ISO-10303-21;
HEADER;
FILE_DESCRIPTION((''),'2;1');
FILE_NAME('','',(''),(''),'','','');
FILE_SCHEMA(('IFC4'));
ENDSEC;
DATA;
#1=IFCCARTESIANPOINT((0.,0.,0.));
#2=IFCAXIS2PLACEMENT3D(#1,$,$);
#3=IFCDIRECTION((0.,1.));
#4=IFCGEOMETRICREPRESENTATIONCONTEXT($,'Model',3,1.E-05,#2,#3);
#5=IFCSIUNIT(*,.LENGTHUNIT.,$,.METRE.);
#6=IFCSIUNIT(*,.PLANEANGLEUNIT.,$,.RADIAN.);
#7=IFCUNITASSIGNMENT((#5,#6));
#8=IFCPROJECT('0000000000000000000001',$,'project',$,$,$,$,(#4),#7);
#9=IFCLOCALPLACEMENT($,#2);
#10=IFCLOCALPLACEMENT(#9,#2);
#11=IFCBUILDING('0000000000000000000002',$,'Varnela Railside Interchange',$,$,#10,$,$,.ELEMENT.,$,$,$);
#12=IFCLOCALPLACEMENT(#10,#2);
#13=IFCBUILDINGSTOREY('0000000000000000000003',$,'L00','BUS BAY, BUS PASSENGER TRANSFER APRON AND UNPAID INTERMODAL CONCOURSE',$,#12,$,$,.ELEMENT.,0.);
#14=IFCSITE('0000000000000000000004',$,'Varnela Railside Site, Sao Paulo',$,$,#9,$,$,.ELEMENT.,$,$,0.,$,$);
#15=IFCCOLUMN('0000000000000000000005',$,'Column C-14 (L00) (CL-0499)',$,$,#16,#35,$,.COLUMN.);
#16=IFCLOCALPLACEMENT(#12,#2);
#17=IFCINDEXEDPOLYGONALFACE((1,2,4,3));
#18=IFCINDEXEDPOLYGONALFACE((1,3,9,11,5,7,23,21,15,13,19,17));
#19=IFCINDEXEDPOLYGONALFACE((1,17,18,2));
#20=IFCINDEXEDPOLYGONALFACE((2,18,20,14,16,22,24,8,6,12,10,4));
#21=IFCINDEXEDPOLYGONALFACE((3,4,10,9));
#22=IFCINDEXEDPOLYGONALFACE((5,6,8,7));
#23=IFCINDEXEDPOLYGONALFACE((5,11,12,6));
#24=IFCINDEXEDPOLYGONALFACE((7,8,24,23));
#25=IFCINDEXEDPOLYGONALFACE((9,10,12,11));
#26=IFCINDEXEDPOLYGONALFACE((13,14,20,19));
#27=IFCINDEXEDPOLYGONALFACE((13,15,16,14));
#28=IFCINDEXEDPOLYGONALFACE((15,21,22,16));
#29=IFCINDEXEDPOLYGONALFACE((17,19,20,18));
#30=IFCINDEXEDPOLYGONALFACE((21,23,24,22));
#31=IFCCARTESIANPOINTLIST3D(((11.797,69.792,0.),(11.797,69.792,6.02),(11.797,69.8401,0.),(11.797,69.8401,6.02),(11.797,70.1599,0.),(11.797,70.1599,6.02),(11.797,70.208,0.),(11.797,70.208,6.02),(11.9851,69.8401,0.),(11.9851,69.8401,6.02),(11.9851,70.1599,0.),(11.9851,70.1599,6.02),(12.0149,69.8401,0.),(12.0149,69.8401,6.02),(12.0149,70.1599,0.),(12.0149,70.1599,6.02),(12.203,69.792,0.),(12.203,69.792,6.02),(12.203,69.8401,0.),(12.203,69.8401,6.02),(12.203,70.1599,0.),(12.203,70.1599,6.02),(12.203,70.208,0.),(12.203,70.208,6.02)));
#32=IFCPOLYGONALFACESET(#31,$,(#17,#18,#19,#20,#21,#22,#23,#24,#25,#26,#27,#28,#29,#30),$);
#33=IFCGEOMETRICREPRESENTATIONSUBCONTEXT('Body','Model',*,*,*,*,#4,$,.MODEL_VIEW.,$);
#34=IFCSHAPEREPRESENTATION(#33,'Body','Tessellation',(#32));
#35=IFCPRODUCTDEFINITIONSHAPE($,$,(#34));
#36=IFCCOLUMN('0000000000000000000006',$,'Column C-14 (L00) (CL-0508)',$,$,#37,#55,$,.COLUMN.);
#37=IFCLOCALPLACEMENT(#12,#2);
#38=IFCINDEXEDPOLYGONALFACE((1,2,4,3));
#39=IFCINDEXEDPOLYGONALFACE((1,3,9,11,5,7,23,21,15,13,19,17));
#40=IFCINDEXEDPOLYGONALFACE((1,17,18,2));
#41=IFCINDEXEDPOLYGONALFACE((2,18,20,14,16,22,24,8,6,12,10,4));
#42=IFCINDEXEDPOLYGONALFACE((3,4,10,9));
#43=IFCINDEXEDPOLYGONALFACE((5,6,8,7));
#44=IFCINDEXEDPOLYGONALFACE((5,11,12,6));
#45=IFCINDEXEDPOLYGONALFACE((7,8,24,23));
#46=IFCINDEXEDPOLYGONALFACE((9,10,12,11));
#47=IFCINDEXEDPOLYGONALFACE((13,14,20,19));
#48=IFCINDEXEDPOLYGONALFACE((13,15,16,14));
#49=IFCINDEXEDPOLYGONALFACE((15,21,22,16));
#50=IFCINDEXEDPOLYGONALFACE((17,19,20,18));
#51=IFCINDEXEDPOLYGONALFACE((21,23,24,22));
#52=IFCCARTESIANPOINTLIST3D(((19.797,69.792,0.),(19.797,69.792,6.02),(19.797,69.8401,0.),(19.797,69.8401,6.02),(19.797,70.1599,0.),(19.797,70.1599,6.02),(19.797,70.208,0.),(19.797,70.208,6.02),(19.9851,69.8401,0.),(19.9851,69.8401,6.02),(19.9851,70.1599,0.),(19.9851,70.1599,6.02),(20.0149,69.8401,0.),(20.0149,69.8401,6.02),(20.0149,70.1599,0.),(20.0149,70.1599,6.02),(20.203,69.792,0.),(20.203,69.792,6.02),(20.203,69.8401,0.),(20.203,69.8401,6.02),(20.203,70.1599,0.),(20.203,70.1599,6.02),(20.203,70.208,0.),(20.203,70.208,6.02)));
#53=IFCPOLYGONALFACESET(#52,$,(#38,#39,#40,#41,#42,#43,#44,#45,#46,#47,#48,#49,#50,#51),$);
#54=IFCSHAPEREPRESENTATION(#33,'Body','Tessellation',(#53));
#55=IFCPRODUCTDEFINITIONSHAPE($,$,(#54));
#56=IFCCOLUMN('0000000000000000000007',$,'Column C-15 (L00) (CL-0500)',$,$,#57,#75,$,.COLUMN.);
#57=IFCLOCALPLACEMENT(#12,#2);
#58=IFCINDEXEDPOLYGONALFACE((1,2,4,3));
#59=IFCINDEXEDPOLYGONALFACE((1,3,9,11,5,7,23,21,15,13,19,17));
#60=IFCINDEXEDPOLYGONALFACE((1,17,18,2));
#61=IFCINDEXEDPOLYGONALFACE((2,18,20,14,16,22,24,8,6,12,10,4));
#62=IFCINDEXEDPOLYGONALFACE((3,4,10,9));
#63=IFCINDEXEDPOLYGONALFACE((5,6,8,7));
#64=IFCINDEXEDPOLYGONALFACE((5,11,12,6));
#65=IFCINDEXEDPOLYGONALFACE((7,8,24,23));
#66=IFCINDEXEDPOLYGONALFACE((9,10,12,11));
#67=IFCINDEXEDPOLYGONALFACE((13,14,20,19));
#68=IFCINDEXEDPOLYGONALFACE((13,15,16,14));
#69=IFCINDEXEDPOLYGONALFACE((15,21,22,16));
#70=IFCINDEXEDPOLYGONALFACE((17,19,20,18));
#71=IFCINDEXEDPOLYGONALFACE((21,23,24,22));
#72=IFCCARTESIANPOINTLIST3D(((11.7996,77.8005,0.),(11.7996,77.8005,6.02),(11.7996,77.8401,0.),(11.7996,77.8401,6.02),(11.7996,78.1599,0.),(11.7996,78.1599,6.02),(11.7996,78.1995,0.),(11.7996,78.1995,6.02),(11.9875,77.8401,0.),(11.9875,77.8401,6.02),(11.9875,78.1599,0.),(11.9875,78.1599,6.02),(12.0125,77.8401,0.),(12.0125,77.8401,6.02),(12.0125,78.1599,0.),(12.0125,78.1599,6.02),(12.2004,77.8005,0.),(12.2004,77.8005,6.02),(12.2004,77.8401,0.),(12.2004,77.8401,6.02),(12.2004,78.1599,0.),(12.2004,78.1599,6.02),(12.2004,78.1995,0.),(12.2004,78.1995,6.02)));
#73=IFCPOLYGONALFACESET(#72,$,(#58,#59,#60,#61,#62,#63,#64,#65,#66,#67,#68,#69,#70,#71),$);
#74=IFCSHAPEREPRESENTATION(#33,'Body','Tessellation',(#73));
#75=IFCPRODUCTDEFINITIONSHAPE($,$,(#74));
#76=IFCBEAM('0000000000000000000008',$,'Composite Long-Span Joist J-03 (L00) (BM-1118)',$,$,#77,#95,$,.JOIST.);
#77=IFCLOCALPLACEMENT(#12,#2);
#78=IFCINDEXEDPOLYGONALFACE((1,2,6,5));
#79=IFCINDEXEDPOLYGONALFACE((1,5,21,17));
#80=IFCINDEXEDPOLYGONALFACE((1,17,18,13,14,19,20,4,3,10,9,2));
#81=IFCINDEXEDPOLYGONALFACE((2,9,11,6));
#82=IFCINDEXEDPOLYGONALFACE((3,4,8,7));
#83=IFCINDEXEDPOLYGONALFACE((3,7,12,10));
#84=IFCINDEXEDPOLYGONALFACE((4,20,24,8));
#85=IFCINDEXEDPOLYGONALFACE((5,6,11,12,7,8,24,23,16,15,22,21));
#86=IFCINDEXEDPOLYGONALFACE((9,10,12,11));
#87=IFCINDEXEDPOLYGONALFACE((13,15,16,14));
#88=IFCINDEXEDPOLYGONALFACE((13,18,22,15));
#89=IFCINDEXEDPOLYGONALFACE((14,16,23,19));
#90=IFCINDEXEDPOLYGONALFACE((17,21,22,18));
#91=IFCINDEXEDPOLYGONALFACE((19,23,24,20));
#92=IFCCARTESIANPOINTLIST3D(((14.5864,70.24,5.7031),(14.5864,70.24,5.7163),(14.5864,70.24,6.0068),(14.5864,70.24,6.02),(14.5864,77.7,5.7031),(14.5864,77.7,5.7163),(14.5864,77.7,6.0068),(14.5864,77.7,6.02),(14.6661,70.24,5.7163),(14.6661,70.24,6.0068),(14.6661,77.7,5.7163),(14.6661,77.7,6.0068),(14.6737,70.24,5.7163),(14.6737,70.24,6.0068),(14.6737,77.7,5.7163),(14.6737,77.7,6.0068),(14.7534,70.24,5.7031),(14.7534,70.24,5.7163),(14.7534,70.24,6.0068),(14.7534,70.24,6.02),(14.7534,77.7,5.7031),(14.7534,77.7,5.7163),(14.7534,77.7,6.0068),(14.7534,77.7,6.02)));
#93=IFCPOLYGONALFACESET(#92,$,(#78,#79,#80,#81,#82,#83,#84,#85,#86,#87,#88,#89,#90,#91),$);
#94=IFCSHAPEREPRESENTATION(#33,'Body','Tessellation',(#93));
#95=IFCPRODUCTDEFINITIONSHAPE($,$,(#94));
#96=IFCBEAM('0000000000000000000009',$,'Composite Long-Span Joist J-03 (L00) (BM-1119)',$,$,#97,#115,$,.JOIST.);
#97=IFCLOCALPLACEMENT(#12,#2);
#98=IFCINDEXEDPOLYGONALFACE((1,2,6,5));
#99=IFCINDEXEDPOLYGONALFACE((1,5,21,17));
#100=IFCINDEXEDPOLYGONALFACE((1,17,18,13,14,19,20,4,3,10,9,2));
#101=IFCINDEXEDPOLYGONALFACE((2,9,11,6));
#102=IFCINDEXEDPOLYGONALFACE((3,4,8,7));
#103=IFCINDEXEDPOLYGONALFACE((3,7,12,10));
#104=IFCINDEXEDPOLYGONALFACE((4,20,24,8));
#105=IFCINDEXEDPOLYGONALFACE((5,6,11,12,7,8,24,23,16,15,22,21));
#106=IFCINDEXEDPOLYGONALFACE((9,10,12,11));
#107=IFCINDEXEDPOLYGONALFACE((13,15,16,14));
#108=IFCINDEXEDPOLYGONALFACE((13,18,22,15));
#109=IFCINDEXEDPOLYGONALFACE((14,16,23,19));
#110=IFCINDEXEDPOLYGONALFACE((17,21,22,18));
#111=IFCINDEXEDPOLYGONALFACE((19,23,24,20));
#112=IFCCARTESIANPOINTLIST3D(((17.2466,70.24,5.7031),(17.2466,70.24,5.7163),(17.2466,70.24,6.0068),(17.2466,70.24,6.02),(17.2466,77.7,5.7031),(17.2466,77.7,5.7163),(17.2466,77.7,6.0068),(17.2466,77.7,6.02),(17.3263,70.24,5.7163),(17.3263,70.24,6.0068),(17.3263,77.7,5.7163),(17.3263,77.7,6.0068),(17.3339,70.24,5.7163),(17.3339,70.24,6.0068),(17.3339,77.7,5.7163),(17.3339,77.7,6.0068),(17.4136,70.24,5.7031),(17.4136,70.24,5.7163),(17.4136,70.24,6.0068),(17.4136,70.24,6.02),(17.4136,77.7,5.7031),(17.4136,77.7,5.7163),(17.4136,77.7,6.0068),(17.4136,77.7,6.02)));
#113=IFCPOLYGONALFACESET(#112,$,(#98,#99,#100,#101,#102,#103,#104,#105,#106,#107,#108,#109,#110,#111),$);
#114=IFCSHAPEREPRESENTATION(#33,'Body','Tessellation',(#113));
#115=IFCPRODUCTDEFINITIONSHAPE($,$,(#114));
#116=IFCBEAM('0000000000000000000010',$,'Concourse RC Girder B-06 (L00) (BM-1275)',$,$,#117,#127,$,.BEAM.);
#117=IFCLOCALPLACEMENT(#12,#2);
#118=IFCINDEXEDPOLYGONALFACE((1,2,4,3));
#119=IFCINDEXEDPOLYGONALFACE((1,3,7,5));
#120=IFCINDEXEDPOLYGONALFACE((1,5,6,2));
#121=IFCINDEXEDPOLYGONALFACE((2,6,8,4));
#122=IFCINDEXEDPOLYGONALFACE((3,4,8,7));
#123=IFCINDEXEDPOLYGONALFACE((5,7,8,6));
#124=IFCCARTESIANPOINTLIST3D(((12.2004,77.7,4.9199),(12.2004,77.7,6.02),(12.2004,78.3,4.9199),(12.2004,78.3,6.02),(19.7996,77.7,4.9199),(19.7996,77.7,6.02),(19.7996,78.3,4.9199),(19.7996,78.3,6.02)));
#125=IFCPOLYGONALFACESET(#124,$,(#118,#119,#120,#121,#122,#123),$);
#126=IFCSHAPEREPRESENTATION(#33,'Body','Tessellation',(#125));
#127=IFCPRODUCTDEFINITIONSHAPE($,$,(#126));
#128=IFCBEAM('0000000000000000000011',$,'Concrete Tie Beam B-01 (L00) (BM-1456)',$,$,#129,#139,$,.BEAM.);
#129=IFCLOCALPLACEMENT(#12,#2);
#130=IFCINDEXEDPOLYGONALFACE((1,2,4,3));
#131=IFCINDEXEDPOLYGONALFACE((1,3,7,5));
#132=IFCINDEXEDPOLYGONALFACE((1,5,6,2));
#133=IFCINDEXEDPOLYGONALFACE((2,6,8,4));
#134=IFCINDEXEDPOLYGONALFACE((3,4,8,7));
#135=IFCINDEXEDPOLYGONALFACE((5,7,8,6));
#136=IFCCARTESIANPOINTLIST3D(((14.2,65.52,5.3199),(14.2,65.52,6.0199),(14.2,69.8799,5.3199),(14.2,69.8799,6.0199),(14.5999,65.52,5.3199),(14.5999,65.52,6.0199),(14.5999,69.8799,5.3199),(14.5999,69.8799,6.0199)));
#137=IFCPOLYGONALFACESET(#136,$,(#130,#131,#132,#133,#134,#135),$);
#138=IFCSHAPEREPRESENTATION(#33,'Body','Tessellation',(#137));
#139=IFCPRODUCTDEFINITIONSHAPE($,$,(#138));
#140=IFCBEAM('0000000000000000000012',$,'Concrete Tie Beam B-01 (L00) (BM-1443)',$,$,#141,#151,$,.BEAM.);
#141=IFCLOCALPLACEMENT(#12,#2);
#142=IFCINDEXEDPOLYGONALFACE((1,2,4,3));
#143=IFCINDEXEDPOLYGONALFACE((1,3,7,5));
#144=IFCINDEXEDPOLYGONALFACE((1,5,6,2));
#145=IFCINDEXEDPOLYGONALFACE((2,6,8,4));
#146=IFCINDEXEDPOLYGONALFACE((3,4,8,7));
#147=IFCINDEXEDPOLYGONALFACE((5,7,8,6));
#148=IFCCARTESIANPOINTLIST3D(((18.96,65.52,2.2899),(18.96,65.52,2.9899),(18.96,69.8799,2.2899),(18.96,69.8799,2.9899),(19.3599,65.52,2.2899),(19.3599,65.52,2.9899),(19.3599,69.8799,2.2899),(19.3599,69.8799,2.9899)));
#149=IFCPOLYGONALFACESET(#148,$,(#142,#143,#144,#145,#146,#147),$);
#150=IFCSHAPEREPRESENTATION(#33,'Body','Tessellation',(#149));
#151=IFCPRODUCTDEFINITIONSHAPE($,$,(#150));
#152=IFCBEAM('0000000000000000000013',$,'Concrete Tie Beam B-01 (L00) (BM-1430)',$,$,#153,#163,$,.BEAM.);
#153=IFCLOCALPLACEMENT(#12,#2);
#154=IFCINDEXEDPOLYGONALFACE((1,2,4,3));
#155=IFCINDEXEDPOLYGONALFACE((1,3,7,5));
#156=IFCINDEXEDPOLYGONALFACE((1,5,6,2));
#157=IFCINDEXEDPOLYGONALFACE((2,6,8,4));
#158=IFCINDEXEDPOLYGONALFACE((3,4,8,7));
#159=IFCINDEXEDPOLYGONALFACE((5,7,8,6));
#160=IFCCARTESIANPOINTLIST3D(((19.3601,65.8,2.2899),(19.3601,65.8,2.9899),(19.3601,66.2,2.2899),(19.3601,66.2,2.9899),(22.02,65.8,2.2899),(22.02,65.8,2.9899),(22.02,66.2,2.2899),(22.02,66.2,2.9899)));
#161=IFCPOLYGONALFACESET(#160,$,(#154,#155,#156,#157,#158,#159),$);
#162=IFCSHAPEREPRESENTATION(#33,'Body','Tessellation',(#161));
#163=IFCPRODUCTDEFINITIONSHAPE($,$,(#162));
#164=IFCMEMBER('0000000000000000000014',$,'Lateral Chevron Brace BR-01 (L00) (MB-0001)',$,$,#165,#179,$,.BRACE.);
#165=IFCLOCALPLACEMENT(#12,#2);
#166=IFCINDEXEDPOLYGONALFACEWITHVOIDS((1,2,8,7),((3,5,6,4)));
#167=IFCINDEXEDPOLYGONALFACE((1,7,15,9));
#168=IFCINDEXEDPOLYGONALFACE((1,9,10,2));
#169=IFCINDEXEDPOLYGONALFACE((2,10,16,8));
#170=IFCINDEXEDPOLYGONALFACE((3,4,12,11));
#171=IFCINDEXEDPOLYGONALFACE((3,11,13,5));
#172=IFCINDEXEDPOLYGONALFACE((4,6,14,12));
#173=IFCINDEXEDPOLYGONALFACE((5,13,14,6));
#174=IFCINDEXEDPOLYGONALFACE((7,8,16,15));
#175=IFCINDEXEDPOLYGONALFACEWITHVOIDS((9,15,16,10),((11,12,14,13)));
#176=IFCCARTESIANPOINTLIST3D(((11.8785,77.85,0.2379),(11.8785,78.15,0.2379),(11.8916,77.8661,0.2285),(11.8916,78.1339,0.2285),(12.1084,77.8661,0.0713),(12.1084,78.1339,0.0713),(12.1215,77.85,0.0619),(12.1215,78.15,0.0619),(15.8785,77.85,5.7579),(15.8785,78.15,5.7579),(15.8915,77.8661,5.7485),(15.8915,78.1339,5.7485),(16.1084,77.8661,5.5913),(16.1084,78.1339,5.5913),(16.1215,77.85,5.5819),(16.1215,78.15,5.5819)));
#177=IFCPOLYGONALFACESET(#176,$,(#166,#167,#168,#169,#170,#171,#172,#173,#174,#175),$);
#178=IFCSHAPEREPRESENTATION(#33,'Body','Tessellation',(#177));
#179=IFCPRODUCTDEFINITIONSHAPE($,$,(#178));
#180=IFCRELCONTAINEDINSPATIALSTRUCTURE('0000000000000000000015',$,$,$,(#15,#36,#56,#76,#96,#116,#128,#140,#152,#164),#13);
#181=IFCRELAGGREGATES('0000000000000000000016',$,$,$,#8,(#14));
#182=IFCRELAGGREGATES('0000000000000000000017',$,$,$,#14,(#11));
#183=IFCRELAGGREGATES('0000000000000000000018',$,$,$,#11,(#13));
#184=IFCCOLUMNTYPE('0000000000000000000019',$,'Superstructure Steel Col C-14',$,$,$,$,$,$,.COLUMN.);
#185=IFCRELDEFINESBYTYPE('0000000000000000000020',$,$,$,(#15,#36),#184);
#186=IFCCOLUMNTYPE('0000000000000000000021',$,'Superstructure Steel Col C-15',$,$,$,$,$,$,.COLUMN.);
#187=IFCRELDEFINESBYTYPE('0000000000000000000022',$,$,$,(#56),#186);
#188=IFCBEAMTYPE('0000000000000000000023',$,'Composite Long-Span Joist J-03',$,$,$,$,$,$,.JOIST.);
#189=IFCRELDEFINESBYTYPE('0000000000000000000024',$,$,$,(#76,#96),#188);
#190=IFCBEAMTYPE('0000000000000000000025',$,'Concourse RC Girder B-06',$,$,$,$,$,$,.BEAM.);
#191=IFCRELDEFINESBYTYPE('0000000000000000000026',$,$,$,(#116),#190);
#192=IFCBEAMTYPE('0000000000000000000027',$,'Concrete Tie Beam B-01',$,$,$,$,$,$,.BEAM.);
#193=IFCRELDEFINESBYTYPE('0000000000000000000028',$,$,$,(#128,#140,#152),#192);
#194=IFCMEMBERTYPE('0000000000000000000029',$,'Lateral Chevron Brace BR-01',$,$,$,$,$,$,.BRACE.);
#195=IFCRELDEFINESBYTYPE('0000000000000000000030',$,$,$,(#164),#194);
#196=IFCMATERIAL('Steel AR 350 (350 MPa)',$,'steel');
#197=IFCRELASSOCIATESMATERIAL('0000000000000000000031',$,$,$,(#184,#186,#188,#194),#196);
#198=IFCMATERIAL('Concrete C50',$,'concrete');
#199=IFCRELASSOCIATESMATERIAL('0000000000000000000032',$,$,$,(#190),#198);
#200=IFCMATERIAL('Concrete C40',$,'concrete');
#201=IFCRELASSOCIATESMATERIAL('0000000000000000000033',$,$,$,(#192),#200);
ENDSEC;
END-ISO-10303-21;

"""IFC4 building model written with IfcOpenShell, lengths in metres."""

from ifc_helpers import new_model, si_unit, direction, frame, origin, origin_2d, place, context, subcontext, project, spatial, rectangle, hollow_rectangle, i_section, extrude, material, material_profile, profile_set, type_object, element, save


model = new_model("IFC4")

# Units and contexts
model_context = context("Model", 3, precision=1e-05, world=origin(), true_north=direction((0.0, 1.0)))
body_context = subcontext(model_context, "Body", "Model", "MODEL_VIEW")
ifc_project = project(units=[si_unit("LENGTHUNIT", "METRE"), si_unit("PLANEANGLEUNIT", "RADIAN")], contexts=[model_context])

# Site, building, storey
site_placement = place(None, origin())
site = spatial("IfcSite", under=ifc_project, at=site_placement, Name="Varnela Railside Site, Sao Paulo", CompositionType="ELEMENT", RefElevation=0.0)
building_placement = place(site_placement, origin())
building = spatial("IfcBuilding", under=site, at=building_placement, Name="Varnela Railside Interchange", CompositionType="ELEMENT")
storey_placement = place(building_placement, origin())
storey = spatial("IfcBuildingStorey", under=building, at=storey_placement, Name="L00", Description="BUS BAY, BUS PASSENGER TRANSFER APRON AND UNPAID INTERMODAL CONCOURSE", CompositionType="ELEMENT", Elevation=0.0)

# Columns
ifc_material_1 = material(Name="Steel AR 350 (350 MPa)", Category="steel")
ifc_material_profile_1 = material_profile(ifc_material_1, i_section(OverallWidth=0.406, OverallDepth=0.416, WebThickness=0.0298, FlangeThickness=0.0481, at=origin_2d()), Name="W360x382")
ifc_profile_set_1 = profile_set([ifc_material_profile_1], Name="Steel AR 350 (350 MPa)")
column_type_1 = type_object("IfcColumnType", Name="Superstructure Steel Col C-14", PredefinedType="COLUMN", material=ifc_profile_set_1)
for number, where, z_axis, x_axis, name in (
    (1, (12.0, 70.0, 0.0), (0.0, 0.0, 1.0), (1.0, 0.0, 0.0), "Column C-14 (L00) (CL-0499)"),
    (2, (20.0, 70.0, 0.0), (0.0, 0.0, 1.0), (1.0, 0.0, 0.0), "Column C-14 (L00) (CL-0508)"),
):
    element("IfcColumn", number, at=place(storey_placement, frame(where, z_axis=z_axis, x_axis=x_axis)), inside=storey, type_object=column_type_1, Name=name, PredefinedType="COLUMN", context=body_context, shape_type="SweptSolid", body=[
        extrude(i_section(OverallWidth=0.406, OverallDepth=0.416, WebThickness=0.0298, FlangeThickness=0.0481, at=origin_2d()), origin(), (0.0, 0.0, 1.0), 6.02),
    ])
ifc_material_profile_2 = material_profile(ifc_material_1, i_section(OverallWidth=0.4009, OverallDepth=0.3989, WebThickness=0.0249, FlangeThickness=0.0396, at=origin_2d()), Name="W360x314")
ifc_profile_set_2 = profile_set([ifc_material_profile_2], Name="Steel AR 350 (350 MPa)")
column_type_2 = type_object("IfcColumnType", Name="Superstructure Steel Col C-15", PredefinedType="COLUMN", material=ifc_profile_set_2)
column_placement = place(storey_placement, frame((12.0, 78.0, 0.0), z_axis=(0.0, 0.0, 1.0), x_axis=(1.0, 0.0, 0.0)))
element("IfcColumn", 3, at=column_placement, inside=storey, type_object=column_type_2, Name="Column C-15 (L00) (CL-0500)", PredefinedType="COLUMN", context=body_context, shape_type="SweptSolid", body=[
    extrude(i_section(OverallWidth=0.4009, OverallDepth=0.3989, WebThickness=0.0249, FlangeThickness=0.0396, at=origin_2d()), origin(), (0.0, 0.0, 1.0), 6.02),
])

# Beams
ifc_material_profile_3 = material_profile(ifc_material_1, i_section(OverallWidth=0.167, OverallDepth=0.3169, WebThickness=0.0076, FlangeThickness=0.0132, at=origin_2d()), Name="W310x52")
ifc_profile_set_3 = profile_set([ifc_material_profile_3], Name="Steel AR 350 (350 MPa)")
beam_type_1 = type_object("IfcBeamType", Name="Composite Long-Span Joist J-03", PredefinedType="JOIST", material=ifc_profile_set_3)
for number, where, z_axis, x_axis, name in (
    (4, (14.6699, 70.24, 5.8616), (0.0, 1.0, 0.0), (-1.0, 0.0, 0.0), "Composite Long-Span Joist J-03 (L00) (BM-1118)"),
    (5, (17.3301, 70.24, 5.8616), (0.0, 1.0, 0.0), (-1.0, 0.0, 0.0), "Composite Long-Span Joist J-03 (L00) (BM-1119)"),
):
    element("IfcBeam", number, at=place(storey_placement, frame(where, z_axis=z_axis, x_axis=x_axis)), inside=storey, type_object=beam_type_1, Name=name, PredefinedType="JOIST", context=body_context, shape_type="SweptSolid", body=[
        extrude(i_section(OverallWidth=0.167, OverallDepth=0.3169, WebThickness=0.0076, FlangeThickness=0.0132, at=origin_2d()), origin(), (0.0, 0.0, 1.0), 7.46),
    ])
ifc_material_2 = material(Name="Concrete C50", Category="concrete")
ifc_material_profile_4 = material_profile(ifc_material_2, rectangle(XDim=0.6001, YDim=1.1001, at=origin_2d()), Name="RC 600x1100")
ifc_profile_set_4 = profile_set([ifc_material_profile_4], Name="Concrete C50")
beam_type_2 = type_object("IfcBeamType", Name="Concourse RC Girder B-06", PredefinedType="BEAM", material=ifc_profile_set_4)
beam_1_placement = place(storey_placement, frame((12.2004, 78.0, 5.47), z_axis=(1.0, 0.0, 0.0), x_axis=(0.0, 1.0, 0.0)))
element("IfcBeam", 6, at=beam_1_placement, inside=storey, type_object=beam_type_2, Name="Concourse RC Girder B-06 (L00) (BM-1275)", PredefinedType="BEAM", context=body_context, shape_type="SweptSolid", body=[
    extrude(rectangle(XDim=0.6001, YDim=1.1001, at=origin_2d()), origin(), (0.0, 0.0, 1.0), 7.5991),
])
ifc_material_3 = material(Name="Concrete C40", Category="concrete")
ifc_material_profile_5 = material_profile(ifc_material_3, rectangle(XDim=0.3999, YDim=0.7, at=origin_2d()), Name="RC 400x700")
ifc_profile_set_5 = profile_set([ifc_material_profile_5], Name="Concrete C40")
beam_type_3 = type_object("IfcBeamType", Name="Concrete Tie Beam B-01", PredefinedType="BEAM", material=ifc_profile_set_5)
for number, where, z_axis, x_axis, name in (
    (7, (14.3999, 65.52, 5.6699), (0.0, 1.0, 0.0), (-1.0, 0.0, 0.0), "Concrete Tie Beam B-01 (L00) (BM-1456)"),
    (8, (19.1599, 65.52, 2.6399), (0.0, 1.0, 0.0), (-1.0, 0.0, 0.0), "Concrete Tie Beam B-01 (L00) (BM-1443)"),
):
    element("IfcBeam", number, at=place(storey_placement, frame(where, z_axis=z_axis, x_axis=x_axis)), inside=storey, type_object=beam_type_3, Name=name, PredefinedType="BEAM", context=body_context, shape_type="SweptSolid", body=[
        extrude(rectangle(XDim=0.3999, YDim=0.7, at=origin_2d()), origin(), (0.0, 0.0, 1.0), 4.3599),
    ])
beam_2_placement = place(storey_placement, frame((19.3601, 66.0, 2.6399), z_axis=(1.0, 0.0, 0.0), x_axis=(0.0, 1.0, 0.0)))
element("IfcBeam", 9, at=beam_2_placement, inside=storey, type_object=beam_type_3, Name="Concrete Tie Beam B-01 (L00) (BM-1430)", PredefinedType="BEAM", context=body_context, shape_type="SweptSolid", body=[
    extrude(rectangle(XDim=0.3999, YDim=0.7, at=origin_2d()), origin(), (0.0, 0.0, 1.0), 2.6599),
])

# Member
ifc_material_profile_6 = material_profile(ifc_material_1, hollow_rectangle(XDim=0.3, YDim=0.3, WallThickness=0.0161, at=origin_2d()), Name="HSS 300x300x16")
ifc_profile_set_6 = profile_set([ifc_material_profile_6], Name="Steel AR 350 (350 MPa)")
member_type = type_object("IfcMemberType", Name="Lateral Chevron Brace BR-01", PredefinedType="BRACE", material=ifc_profile_set_6)
member_placement = place(storey_placement, frame((12.0, 78.0, 0.1499), z_axis=(0.586774, 0.0, 0.809751), x_axis=(0.0, 1.0, 0.0)))
element("IfcMember", 10, at=member_placement, inside=storey, type_object=member_type, Name="Lateral Chevron Brace BR-01 (L00) (MB-0001)", PredefinedType="BRACE", context=body_context, shape_type="SweptSolid", body=[
    extrude(hollow_rectangle(XDim=0.3, YDim=0.3, WallThickness=0.0161, at=origin_2d()), origin(), (0.0, 0.0, 1.0), 6.8169),
])

save(model, "model.ifc")
